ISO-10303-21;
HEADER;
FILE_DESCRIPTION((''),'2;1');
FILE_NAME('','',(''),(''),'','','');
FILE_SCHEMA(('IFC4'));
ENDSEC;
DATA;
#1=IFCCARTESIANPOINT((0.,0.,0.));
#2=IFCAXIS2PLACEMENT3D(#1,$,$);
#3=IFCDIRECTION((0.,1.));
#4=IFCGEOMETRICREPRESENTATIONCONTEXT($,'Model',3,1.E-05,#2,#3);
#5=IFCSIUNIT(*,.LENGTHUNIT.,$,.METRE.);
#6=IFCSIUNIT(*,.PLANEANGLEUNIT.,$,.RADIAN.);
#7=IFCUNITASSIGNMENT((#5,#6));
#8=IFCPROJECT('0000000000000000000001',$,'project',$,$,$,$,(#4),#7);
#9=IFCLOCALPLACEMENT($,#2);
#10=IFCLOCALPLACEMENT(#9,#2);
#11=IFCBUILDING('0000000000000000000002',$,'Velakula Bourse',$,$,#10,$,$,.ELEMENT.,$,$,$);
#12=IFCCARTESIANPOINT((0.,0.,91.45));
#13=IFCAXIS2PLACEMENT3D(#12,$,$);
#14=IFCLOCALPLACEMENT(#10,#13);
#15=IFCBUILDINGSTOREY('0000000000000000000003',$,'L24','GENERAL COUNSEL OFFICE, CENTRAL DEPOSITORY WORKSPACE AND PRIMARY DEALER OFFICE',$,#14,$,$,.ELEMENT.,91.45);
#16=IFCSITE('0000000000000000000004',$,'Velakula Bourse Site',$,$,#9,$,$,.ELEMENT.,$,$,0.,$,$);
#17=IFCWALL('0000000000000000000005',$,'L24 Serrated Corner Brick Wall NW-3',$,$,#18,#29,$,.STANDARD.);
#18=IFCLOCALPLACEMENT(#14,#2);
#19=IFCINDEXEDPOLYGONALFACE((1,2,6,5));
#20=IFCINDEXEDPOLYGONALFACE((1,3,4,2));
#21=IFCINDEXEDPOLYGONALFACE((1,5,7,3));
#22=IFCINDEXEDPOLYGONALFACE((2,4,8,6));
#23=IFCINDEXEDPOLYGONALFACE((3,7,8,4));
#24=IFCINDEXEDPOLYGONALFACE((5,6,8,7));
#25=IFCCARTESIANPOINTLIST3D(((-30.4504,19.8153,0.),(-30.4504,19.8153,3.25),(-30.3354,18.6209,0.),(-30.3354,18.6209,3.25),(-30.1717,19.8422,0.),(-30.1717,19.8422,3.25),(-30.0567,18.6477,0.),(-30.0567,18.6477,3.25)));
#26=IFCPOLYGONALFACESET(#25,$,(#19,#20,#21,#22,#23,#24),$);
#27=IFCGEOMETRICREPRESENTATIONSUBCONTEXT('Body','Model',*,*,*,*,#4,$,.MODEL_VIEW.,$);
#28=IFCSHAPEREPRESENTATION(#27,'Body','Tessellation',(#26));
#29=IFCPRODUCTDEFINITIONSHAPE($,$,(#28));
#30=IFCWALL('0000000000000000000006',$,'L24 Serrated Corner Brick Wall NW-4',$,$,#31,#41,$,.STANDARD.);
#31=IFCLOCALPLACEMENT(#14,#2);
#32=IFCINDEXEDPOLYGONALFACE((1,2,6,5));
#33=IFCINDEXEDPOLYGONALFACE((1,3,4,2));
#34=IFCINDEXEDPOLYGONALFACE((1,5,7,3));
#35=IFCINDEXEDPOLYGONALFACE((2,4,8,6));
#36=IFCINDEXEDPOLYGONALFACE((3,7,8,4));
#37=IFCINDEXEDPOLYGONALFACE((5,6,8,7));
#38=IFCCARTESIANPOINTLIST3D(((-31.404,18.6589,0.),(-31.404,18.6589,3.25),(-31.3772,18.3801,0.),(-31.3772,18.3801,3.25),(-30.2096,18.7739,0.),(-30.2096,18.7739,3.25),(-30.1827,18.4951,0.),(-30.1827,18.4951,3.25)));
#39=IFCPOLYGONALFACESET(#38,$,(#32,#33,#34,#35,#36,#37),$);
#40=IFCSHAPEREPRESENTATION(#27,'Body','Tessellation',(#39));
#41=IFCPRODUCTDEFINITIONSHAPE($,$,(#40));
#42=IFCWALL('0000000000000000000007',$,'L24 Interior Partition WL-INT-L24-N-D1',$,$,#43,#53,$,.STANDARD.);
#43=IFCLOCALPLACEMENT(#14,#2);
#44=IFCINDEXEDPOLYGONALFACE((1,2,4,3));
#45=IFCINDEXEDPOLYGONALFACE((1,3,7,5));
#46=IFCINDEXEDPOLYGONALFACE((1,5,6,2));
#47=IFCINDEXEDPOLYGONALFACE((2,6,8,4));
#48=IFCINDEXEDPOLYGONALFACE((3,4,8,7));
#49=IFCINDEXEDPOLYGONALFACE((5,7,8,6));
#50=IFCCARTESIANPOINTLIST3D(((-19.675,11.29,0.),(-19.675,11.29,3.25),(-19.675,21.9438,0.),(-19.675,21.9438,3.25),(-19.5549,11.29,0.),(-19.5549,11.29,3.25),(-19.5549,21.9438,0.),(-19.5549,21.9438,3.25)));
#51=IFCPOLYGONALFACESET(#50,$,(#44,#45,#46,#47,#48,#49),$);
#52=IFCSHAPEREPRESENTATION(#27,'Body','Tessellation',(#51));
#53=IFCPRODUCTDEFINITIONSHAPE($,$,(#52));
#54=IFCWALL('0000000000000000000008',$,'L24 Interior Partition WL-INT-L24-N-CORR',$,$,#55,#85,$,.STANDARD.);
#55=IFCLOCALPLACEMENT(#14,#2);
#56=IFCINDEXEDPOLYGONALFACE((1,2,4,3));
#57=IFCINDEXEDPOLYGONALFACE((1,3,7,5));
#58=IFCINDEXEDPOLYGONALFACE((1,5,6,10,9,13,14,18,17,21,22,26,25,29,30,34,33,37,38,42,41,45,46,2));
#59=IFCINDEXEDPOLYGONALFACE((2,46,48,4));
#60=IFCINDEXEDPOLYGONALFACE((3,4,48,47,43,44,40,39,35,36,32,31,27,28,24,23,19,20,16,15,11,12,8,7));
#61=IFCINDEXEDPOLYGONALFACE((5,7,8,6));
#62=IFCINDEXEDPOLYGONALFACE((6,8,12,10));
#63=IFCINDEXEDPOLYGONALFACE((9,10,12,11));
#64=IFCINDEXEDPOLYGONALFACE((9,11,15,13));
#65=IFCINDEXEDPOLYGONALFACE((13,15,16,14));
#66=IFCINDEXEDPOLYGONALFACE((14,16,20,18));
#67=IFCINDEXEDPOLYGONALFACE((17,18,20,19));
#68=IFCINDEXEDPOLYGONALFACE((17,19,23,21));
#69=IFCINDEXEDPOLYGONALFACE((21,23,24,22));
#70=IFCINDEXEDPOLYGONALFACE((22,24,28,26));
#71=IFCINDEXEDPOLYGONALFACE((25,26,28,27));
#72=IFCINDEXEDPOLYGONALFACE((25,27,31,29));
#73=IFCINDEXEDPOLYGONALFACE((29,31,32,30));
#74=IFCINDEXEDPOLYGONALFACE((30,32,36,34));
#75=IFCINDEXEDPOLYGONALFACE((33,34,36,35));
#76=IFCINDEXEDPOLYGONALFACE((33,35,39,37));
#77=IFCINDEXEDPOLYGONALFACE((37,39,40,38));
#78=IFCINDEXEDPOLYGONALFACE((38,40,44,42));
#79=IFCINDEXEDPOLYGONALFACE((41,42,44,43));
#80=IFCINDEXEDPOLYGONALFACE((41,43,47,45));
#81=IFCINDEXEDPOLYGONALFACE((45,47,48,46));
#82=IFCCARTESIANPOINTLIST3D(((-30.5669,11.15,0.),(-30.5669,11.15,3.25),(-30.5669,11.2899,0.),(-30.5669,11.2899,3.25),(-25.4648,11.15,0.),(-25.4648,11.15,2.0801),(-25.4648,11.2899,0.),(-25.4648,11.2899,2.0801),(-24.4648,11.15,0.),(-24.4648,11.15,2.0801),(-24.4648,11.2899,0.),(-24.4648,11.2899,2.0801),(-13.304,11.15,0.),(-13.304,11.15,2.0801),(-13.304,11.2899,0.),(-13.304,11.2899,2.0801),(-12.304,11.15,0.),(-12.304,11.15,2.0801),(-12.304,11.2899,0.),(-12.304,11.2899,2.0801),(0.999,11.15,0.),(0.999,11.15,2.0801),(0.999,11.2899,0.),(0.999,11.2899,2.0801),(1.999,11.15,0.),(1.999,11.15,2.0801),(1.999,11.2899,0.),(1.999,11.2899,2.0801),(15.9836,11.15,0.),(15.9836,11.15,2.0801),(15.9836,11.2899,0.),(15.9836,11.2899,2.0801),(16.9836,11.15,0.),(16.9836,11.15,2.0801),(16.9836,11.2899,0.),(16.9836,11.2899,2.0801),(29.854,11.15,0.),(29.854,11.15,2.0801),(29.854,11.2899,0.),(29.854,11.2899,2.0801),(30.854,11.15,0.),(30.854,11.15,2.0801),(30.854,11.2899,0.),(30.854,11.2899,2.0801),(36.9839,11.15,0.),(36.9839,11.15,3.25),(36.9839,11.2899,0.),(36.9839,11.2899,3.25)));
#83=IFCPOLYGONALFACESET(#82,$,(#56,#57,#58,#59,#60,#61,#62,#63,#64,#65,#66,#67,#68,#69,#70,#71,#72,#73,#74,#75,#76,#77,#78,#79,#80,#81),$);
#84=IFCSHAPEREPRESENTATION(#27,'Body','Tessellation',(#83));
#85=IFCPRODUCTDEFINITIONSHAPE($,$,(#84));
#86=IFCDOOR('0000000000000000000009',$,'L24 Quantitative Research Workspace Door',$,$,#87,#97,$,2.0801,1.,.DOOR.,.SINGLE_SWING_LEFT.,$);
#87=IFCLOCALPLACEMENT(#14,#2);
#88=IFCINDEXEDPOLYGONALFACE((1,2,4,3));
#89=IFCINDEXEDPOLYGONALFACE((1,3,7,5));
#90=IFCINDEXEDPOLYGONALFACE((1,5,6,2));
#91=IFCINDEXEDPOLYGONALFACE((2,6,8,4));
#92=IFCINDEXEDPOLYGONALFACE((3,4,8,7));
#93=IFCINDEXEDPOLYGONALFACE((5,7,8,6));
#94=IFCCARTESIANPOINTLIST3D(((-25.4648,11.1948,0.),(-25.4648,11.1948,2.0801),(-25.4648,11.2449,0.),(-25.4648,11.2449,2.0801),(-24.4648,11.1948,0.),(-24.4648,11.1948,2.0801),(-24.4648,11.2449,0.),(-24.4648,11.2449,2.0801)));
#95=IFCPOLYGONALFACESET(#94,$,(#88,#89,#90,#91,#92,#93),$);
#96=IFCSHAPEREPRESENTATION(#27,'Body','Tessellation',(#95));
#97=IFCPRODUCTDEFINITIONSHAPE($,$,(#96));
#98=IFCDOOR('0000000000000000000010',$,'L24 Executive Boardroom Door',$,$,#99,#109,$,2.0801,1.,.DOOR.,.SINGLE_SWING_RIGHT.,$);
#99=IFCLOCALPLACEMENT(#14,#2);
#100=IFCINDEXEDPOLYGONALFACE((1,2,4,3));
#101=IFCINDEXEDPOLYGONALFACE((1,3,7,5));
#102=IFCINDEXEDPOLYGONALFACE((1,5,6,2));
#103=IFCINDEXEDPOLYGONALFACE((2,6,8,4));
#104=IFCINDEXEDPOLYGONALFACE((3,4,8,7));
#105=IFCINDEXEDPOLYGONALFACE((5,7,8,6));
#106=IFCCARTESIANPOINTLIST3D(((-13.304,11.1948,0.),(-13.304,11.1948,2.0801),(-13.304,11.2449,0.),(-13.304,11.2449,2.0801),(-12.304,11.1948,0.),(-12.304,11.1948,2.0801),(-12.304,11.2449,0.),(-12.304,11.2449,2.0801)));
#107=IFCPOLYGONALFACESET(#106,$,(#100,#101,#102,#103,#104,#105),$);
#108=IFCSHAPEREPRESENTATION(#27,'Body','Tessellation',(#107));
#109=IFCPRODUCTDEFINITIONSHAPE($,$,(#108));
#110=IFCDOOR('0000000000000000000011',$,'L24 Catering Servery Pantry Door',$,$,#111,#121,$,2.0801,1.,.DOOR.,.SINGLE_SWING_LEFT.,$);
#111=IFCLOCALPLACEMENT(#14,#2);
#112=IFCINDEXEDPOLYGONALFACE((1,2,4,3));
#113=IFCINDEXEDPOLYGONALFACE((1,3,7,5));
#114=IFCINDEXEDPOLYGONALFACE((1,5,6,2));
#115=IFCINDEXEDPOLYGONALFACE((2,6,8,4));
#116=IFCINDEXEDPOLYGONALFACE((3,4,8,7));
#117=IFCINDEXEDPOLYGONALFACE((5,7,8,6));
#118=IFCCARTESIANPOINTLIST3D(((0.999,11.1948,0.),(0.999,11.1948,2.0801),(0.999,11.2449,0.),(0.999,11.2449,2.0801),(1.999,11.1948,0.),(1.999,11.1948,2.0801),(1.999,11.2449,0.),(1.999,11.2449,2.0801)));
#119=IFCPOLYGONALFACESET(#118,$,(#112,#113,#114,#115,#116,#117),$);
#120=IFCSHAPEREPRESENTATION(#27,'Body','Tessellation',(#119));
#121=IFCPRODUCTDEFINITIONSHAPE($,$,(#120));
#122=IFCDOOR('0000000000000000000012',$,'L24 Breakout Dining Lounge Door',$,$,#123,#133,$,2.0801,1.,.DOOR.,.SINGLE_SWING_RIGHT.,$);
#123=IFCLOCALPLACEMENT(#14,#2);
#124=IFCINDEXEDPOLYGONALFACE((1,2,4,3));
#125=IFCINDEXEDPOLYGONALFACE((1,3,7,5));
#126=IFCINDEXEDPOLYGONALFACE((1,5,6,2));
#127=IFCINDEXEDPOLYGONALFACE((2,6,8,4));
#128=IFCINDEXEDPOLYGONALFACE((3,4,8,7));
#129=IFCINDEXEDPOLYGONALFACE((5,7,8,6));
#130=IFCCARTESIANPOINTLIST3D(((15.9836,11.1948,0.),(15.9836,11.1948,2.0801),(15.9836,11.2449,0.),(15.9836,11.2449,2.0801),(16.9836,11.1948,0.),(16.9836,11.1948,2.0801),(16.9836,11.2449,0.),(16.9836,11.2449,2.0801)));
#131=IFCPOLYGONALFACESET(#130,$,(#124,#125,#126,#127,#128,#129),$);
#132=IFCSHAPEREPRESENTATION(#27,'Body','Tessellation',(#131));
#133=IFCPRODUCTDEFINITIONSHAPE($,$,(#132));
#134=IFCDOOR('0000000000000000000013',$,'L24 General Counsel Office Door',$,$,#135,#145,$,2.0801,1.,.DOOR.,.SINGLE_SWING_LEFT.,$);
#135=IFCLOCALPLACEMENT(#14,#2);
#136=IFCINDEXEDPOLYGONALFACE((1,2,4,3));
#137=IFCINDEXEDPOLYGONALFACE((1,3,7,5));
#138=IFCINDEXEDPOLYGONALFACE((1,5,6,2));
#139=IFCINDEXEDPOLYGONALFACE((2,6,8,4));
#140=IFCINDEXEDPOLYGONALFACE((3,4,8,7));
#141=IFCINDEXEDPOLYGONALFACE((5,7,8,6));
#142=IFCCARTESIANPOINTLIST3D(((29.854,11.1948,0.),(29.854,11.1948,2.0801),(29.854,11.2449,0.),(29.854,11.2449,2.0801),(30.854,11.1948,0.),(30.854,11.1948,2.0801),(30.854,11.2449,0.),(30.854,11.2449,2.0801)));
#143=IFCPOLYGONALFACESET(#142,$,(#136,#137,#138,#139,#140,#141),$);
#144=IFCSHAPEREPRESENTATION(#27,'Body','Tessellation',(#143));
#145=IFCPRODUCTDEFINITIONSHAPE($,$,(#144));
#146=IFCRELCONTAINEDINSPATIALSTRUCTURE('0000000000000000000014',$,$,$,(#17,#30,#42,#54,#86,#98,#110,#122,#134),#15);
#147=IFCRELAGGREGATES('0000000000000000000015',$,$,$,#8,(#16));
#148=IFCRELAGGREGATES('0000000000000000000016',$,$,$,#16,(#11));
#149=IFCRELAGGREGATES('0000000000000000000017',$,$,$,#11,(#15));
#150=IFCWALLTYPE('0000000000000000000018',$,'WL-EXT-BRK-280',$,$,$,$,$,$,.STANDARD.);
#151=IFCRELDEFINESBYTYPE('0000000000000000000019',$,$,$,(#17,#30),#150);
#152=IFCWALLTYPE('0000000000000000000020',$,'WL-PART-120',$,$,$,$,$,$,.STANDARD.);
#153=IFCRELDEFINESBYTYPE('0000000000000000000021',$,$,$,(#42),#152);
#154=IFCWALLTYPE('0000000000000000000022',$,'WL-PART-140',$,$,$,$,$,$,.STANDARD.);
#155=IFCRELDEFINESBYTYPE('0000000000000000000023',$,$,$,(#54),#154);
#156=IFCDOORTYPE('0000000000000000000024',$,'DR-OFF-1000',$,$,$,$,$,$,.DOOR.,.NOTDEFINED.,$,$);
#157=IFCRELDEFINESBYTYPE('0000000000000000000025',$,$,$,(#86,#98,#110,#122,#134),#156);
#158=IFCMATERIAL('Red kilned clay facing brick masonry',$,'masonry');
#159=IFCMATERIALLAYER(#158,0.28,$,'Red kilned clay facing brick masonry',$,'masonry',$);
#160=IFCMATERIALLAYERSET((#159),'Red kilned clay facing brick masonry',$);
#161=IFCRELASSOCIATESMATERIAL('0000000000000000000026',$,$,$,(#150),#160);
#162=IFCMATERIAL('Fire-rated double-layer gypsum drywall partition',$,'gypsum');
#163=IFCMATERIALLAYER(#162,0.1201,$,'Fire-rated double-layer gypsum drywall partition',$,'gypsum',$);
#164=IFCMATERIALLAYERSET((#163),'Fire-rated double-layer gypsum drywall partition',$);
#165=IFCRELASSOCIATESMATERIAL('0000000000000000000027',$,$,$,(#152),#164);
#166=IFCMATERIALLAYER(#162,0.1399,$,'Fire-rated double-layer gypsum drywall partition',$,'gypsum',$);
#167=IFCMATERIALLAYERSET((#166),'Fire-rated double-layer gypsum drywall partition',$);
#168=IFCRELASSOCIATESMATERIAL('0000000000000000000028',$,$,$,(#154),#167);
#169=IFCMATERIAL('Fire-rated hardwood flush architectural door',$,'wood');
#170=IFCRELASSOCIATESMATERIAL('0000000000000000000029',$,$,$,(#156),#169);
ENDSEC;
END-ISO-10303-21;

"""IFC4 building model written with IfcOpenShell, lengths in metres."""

from ifc_helpers import new_model, si_unit, direction, frame, frame_2d, origin, place, context, subcontext, project, spatial, rectangle, extrude, material, layer, layer_set, type_object, element, fill, save


model = new_model("IFC4")

# Units and contexts
model_context = context("Model", 3, precision=1e-05, world=origin(), true_north=direction((0.0, 1.0)))
body_context = subcontext(model_context, "Body", "Model", "MODEL_VIEW")
ifc_project = project(units=[si_unit("LENGTHUNIT", "METRE"), si_unit("PLANEANGLEUNIT", "RADIAN")], contexts=[model_context])

# Site, building, storey
site_placement = place(None, origin())
site = spatial("IfcSite", under=ifc_project, at=site_placement, Name="Velakula Bourse Site", CompositionType="ELEMENT", RefElevation=0.0)
building_placement = place(site_placement, origin())
building = spatial("IfcBuilding", under=site, at=building_placement, Name="Velakula Bourse", CompositionType="ELEMENT")
storey_placement = place(building_placement, frame((0.0, 0.0, 91.45)))
storey = spatial("IfcBuildingStorey", under=building, at=storey_placement, Name="L24", Description="GENERAL COUNSEL OFFICE, CENTRAL DEPOSITORY WORKSPACE AND PRIMARY DEALER OFFICE", CompositionType="ELEMENT", Elevation=91.45)

# Shared definitions
ifc_material_1 = material(Name="Red kilned clay facing brick masonry", Category="masonry")
ifc_layer_1 = layer(ifc_material_1, 0.28, Name="Red kilned clay facing brick masonry", Category="masonry")
ifc_layer_set_1 = layer_set([ifc_layer_1], Name="Red kilned clay facing brick masonry")
wall_type_1 = type_object("IfcWallType", Name="WL-EXT-BRK-280", PredefinedType="STANDARD", material=ifc_layer_set_1)

# Walls
for number, where, z_axis, x_axis, name in (
    (1, (-30.311, 19.8289, 0.0), (0.0, 0.0, 1.0), (0.095836, -0.995397, 0.0), "L24 Serrated Corner Brick Wall NW-3"),
    (2, (-30.196, 18.6345, 0.0), (0.0, 0.0, 1.0), (-0.995397, -0.095836, 0.0), "L24 Serrated Corner Brick Wall NW-4"),
):
    element("IfcWall", number, at=place(storey_placement, frame(where, z_axis=z_axis, x_axis=x_axis)), inside=storey, type_object=wall_type_1, Name=name, PredefinedType="STANDARD", context=body_context, shape_type="SweptSolid", body=[
        extrude(rectangle(XDim=1.2, YDim=0.28, at=frame_2d((0.6001, 0.0))), origin(), (0.0, 0.0, 1.0), 3.25),
    ])
ifc_material_2 = material(Name="Fire-rated double-layer gypsum drywall partition", Category="gypsum")
ifc_layer_2 = layer(ifc_material_2, 0.1201, Name="Fire-rated double-layer gypsum drywall partition", Category="gypsum")
ifc_layer_set_2 = layer_set([ifc_layer_2], Name="Fire-rated double-layer gypsum drywall partition")
wall_type_2 = type_object("IfcWallType", Name="WL-PART-120", PredefinedType="STANDARD", material=ifc_layer_set_2)
wall_1_placement = place(storey_placement, frame((-19.615, 11.29, 0.0), z_axis=(0.0, 0.0, 1.0), x_axis=(0.0, 1.0, 0.0)))
element("IfcWall", 3, at=wall_1_placement, inside=storey, type_object=wall_type_2, Name="L24 Interior Partition WL-INT-L24-N-D1", PredefinedType="STANDARD", context=body_context, shape_type="SweptSolid", body=[
    extrude(rectangle(XDim=10.6538, YDim=0.1201, at=frame_2d((5.3269, 0.0))), origin(), (0.0, 0.0, 1.0), 3.25),
])

# Wall, openings, doors
ifc_layer_3 = layer(ifc_material_2, 0.1399, Name="Fire-rated double-layer gypsum drywall partition", Category="gypsum")
ifc_layer_set_3 = layer_set([ifc_layer_3], Name="Fire-rated double-layer gypsum drywall partition")
wall_type_3 = type_object("IfcWallType", Name="WL-PART-140", PredefinedType="STANDARD", material=ifc_layer_set_3)
wall_2_placement = place(storey_placement, frame((-30.5669, 11.22, 0.0), z_axis=(0.0, 0.0, 1.0), x_axis=(1.0, 0.0, 0.0)))
wall_2 = element("IfcWall", 4, at=wall_2_placement, inside=storey, type_object=wall_type_3, Name="L24 Interior Partition WL-INT-L24-N-CORR", PredefinedType="STANDARD", context=body_context, shape_type="SweptSolid", body=[
    extrude(rectangle(XDim=67.5508, YDim=0.1399, at=frame_2d((33.7754, 0.0))), origin(), (0.0, 0.0, 1.0), 3.25),
])
opening_1_placement = place(wall_2_placement, frame((5.1021, 0.0, 0.0)))
opening_1 = element("IfcOpeningElement", 5, at=opening_1_placement, cuts=wall_2, PredefinedType="OPENING", context=body_context, shape_type="SweptSolid", body=[
    extrude(rectangle(XDim=1.0, YDim=2.0801, at=frame_2d((0.5, 1.04))), frame((0.0, 0.0798, 0.0), z_axis=(0.0, -1.0, 0.0), x_axis=(1.0, 0.0, 0.0)), (0.0, 0.0, 1.0), 0.1599),
])
opening_2_placement = place(wall_2_placement, frame((17.2629, 0.0, 0.0)))
opening_2 = element("IfcOpeningElement", 6, at=opening_2_placement, cuts=wall_2, PredefinedType="OPENING", context=body_context, shape_type="SweptSolid", body=[
    extrude(rectangle(XDim=1.0, YDim=2.0801, at=frame_2d((0.5, 1.04))), frame((0.0, 0.0798, 0.0), z_axis=(0.0, -1.0, 0.0), x_axis=(1.0, 0.0, 0.0)), (0.0, 0.0, 1.0), 0.1599),
])
opening_3_placement = place(wall_2_placement, frame((31.5659, 0.0, 0.0)))
opening_3 = element("IfcOpeningElement", 7, at=opening_3_placement, cuts=wall_2, PredefinedType="OPENING", context=body_context, shape_type="SweptSolid", body=[
    extrude(rectangle(XDim=1.0, YDim=2.0801, at=frame_2d((0.5, 1.04))), frame((0.0, 0.0798, 0.0), z_axis=(0.0, -1.0, 0.0), x_axis=(1.0, 0.0, 0.0)), (0.0, 0.0, 1.0), 0.1599),
])
opening_4_placement = place(wall_2_placement, frame((46.5505, 0.0, 0.0)))
opening_4 = element("IfcOpeningElement", 8, at=opening_4_placement, cuts=wall_2, PredefinedType="OPENING", context=body_context, shape_type="SweptSolid", body=[
    extrude(rectangle(XDim=1.0, YDim=2.0801, at=frame_2d((0.5, 1.04))), frame((0.0, 0.0798, 0.0), z_axis=(0.0, -1.0, 0.0), x_axis=(1.0, 0.0, 0.0)), (0.0, 0.0, 1.0), 0.1599),
])
opening_5_placement = place(wall_2_placement, frame((60.4209, 0.0, 0.0)))
opening_5 = element("IfcOpeningElement", 9, at=opening_5_placement, cuts=wall_2, PredefinedType="OPENING", context=body_context, shape_type="SweptSolid", body=[
    extrude(rectangle(XDim=1.0, YDim=2.0801, at=frame_2d((0.5, 1.04))), frame((0.0, 0.0798, 0.0), z_axis=(0.0, -1.0, 0.0), x_axis=(1.0, 0.0, 0.0)), (0.0, 0.0, 1.0), 0.1599),
])
ifc_material_3 = material(Name="Fire-rated hardwood flush architectural door", Category="wood")
door_type = type_object("IfcDoorType", Name="DR-OFF-1000", OperationType="NOTDEFINED", PredefinedType="DOOR", material=ifc_material_3)
door_1_placement = place(opening_1_placement, origin())
door_1 = element("IfcDoor", 10, at=door_1_placement, inside=storey, type_object=door_type, Name="L24 Quantitative Research Workspace Door", OperationType="SINGLE_SWING_LEFT", OverallHeight=2.0801, OverallWidth=1.0, PredefinedType="DOOR", context=body_context, shape_type="SweptSolid", body=[
    extrude(rectangle(XDim=1.0, YDim=2.0801, at=frame_2d((0.5, 1.04))), frame((0.0, 0.0249, 0.0), z_axis=(0.0, -1.0, 0.0), x_axis=(1.0, 0.0, 0.0)), (0.0, 0.0, 1.0), 0.05),
])
fill(opening_1, door_1)
door_2_placement = place(opening_2_placement, origin())
door_2 = element("IfcDoor", 11, at=door_2_placement, inside=storey, type_object=door_type, Name="L24 Executive Boardroom Door", OperationType="SINGLE_SWING_RIGHT", OverallHeight=2.0801, OverallWidth=1.0, PredefinedType="DOOR", context=body_context, shape_type="SweptSolid", body=[
    extrude(rectangle(XDim=1.0, YDim=2.0801, at=frame_2d((0.5, 1.04))), frame((0.0, 0.0249, 0.0), z_axis=(0.0, -1.0, 0.0), x_axis=(1.0, 0.0, 0.0)), (0.0, 0.0, 1.0), 0.05),
])
fill(opening_2, door_2)
door_3_placement = place(opening_3_placement, origin())
door_3 = element("IfcDoor", 12, at=door_3_placement, inside=storey, type_object=door_type, Name="L24 Catering Servery Pantry Door", OperationType="SINGLE_SWING_LEFT", OverallHeight=2.0801, OverallWidth=1.0, PredefinedType="DOOR", context=body_context, shape_type="SweptSolid", body=[
    extrude(rectangle(XDim=1.0, YDim=2.0801, at=frame_2d((0.5, 1.04))), frame((0.0, 0.0249, 0.0), z_axis=(0.0, -1.0, 0.0), x_axis=(1.0, 0.0, 0.0)), (0.0, 0.0, 1.0), 0.05),
])
fill(opening_3, door_3)
door_4_placement = place(opening_4_placement, origin())
door_4 = element("IfcDoor", 13, at=door_4_placement, inside=storey, type_object=door_type, Name="L24 Breakout Dining Lounge Door", OperationType="SINGLE_SWING_RIGHT", OverallHeight=2.0801, OverallWidth=1.0, PredefinedType="DOOR", context=body_context, shape_type="SweptSolid", body=[
    extrude(rectangle(XDim=1.0, YDim=2.0801, at=frame_2d((0.5, 1.04))), frame((0.0, 0.0249, 0.0), z_axis=(0.0, -1.0, 0.0), x_axis=(1.0, 0.0, 0.0)), (0.0, 0.0, 1.0), 0.05),
])
fill(opening_4, door_4)
door_5_placement = place(opening_5_placement, origin())
door_5 = element("IfcDoor", 14, at=door_5_placement, inside=storey, type_object=door_type, Name="L24 General Counsel Office Door", OperationType="SINGLE_SWING_LEFT", OverallHeight=2.0801, OverallWidth=1.0, PredefinedType="DOOR", context=body_context, shape_type="SweptSolid", body=[
    extrude(rectangle(XDim=1.0, YDim=2.0801, at=frame_2d((0.5, 1.04))), frame((0.0, 0.0249, 0.0), z_axis=(0.0, -1.0, 0.0), x_axis=(1.0, 0.0, 0.0)), (0.0, 0.0, 1.0), 0.05),
])
fill(opening_5, door_5)

save(model, "model.ifc")
